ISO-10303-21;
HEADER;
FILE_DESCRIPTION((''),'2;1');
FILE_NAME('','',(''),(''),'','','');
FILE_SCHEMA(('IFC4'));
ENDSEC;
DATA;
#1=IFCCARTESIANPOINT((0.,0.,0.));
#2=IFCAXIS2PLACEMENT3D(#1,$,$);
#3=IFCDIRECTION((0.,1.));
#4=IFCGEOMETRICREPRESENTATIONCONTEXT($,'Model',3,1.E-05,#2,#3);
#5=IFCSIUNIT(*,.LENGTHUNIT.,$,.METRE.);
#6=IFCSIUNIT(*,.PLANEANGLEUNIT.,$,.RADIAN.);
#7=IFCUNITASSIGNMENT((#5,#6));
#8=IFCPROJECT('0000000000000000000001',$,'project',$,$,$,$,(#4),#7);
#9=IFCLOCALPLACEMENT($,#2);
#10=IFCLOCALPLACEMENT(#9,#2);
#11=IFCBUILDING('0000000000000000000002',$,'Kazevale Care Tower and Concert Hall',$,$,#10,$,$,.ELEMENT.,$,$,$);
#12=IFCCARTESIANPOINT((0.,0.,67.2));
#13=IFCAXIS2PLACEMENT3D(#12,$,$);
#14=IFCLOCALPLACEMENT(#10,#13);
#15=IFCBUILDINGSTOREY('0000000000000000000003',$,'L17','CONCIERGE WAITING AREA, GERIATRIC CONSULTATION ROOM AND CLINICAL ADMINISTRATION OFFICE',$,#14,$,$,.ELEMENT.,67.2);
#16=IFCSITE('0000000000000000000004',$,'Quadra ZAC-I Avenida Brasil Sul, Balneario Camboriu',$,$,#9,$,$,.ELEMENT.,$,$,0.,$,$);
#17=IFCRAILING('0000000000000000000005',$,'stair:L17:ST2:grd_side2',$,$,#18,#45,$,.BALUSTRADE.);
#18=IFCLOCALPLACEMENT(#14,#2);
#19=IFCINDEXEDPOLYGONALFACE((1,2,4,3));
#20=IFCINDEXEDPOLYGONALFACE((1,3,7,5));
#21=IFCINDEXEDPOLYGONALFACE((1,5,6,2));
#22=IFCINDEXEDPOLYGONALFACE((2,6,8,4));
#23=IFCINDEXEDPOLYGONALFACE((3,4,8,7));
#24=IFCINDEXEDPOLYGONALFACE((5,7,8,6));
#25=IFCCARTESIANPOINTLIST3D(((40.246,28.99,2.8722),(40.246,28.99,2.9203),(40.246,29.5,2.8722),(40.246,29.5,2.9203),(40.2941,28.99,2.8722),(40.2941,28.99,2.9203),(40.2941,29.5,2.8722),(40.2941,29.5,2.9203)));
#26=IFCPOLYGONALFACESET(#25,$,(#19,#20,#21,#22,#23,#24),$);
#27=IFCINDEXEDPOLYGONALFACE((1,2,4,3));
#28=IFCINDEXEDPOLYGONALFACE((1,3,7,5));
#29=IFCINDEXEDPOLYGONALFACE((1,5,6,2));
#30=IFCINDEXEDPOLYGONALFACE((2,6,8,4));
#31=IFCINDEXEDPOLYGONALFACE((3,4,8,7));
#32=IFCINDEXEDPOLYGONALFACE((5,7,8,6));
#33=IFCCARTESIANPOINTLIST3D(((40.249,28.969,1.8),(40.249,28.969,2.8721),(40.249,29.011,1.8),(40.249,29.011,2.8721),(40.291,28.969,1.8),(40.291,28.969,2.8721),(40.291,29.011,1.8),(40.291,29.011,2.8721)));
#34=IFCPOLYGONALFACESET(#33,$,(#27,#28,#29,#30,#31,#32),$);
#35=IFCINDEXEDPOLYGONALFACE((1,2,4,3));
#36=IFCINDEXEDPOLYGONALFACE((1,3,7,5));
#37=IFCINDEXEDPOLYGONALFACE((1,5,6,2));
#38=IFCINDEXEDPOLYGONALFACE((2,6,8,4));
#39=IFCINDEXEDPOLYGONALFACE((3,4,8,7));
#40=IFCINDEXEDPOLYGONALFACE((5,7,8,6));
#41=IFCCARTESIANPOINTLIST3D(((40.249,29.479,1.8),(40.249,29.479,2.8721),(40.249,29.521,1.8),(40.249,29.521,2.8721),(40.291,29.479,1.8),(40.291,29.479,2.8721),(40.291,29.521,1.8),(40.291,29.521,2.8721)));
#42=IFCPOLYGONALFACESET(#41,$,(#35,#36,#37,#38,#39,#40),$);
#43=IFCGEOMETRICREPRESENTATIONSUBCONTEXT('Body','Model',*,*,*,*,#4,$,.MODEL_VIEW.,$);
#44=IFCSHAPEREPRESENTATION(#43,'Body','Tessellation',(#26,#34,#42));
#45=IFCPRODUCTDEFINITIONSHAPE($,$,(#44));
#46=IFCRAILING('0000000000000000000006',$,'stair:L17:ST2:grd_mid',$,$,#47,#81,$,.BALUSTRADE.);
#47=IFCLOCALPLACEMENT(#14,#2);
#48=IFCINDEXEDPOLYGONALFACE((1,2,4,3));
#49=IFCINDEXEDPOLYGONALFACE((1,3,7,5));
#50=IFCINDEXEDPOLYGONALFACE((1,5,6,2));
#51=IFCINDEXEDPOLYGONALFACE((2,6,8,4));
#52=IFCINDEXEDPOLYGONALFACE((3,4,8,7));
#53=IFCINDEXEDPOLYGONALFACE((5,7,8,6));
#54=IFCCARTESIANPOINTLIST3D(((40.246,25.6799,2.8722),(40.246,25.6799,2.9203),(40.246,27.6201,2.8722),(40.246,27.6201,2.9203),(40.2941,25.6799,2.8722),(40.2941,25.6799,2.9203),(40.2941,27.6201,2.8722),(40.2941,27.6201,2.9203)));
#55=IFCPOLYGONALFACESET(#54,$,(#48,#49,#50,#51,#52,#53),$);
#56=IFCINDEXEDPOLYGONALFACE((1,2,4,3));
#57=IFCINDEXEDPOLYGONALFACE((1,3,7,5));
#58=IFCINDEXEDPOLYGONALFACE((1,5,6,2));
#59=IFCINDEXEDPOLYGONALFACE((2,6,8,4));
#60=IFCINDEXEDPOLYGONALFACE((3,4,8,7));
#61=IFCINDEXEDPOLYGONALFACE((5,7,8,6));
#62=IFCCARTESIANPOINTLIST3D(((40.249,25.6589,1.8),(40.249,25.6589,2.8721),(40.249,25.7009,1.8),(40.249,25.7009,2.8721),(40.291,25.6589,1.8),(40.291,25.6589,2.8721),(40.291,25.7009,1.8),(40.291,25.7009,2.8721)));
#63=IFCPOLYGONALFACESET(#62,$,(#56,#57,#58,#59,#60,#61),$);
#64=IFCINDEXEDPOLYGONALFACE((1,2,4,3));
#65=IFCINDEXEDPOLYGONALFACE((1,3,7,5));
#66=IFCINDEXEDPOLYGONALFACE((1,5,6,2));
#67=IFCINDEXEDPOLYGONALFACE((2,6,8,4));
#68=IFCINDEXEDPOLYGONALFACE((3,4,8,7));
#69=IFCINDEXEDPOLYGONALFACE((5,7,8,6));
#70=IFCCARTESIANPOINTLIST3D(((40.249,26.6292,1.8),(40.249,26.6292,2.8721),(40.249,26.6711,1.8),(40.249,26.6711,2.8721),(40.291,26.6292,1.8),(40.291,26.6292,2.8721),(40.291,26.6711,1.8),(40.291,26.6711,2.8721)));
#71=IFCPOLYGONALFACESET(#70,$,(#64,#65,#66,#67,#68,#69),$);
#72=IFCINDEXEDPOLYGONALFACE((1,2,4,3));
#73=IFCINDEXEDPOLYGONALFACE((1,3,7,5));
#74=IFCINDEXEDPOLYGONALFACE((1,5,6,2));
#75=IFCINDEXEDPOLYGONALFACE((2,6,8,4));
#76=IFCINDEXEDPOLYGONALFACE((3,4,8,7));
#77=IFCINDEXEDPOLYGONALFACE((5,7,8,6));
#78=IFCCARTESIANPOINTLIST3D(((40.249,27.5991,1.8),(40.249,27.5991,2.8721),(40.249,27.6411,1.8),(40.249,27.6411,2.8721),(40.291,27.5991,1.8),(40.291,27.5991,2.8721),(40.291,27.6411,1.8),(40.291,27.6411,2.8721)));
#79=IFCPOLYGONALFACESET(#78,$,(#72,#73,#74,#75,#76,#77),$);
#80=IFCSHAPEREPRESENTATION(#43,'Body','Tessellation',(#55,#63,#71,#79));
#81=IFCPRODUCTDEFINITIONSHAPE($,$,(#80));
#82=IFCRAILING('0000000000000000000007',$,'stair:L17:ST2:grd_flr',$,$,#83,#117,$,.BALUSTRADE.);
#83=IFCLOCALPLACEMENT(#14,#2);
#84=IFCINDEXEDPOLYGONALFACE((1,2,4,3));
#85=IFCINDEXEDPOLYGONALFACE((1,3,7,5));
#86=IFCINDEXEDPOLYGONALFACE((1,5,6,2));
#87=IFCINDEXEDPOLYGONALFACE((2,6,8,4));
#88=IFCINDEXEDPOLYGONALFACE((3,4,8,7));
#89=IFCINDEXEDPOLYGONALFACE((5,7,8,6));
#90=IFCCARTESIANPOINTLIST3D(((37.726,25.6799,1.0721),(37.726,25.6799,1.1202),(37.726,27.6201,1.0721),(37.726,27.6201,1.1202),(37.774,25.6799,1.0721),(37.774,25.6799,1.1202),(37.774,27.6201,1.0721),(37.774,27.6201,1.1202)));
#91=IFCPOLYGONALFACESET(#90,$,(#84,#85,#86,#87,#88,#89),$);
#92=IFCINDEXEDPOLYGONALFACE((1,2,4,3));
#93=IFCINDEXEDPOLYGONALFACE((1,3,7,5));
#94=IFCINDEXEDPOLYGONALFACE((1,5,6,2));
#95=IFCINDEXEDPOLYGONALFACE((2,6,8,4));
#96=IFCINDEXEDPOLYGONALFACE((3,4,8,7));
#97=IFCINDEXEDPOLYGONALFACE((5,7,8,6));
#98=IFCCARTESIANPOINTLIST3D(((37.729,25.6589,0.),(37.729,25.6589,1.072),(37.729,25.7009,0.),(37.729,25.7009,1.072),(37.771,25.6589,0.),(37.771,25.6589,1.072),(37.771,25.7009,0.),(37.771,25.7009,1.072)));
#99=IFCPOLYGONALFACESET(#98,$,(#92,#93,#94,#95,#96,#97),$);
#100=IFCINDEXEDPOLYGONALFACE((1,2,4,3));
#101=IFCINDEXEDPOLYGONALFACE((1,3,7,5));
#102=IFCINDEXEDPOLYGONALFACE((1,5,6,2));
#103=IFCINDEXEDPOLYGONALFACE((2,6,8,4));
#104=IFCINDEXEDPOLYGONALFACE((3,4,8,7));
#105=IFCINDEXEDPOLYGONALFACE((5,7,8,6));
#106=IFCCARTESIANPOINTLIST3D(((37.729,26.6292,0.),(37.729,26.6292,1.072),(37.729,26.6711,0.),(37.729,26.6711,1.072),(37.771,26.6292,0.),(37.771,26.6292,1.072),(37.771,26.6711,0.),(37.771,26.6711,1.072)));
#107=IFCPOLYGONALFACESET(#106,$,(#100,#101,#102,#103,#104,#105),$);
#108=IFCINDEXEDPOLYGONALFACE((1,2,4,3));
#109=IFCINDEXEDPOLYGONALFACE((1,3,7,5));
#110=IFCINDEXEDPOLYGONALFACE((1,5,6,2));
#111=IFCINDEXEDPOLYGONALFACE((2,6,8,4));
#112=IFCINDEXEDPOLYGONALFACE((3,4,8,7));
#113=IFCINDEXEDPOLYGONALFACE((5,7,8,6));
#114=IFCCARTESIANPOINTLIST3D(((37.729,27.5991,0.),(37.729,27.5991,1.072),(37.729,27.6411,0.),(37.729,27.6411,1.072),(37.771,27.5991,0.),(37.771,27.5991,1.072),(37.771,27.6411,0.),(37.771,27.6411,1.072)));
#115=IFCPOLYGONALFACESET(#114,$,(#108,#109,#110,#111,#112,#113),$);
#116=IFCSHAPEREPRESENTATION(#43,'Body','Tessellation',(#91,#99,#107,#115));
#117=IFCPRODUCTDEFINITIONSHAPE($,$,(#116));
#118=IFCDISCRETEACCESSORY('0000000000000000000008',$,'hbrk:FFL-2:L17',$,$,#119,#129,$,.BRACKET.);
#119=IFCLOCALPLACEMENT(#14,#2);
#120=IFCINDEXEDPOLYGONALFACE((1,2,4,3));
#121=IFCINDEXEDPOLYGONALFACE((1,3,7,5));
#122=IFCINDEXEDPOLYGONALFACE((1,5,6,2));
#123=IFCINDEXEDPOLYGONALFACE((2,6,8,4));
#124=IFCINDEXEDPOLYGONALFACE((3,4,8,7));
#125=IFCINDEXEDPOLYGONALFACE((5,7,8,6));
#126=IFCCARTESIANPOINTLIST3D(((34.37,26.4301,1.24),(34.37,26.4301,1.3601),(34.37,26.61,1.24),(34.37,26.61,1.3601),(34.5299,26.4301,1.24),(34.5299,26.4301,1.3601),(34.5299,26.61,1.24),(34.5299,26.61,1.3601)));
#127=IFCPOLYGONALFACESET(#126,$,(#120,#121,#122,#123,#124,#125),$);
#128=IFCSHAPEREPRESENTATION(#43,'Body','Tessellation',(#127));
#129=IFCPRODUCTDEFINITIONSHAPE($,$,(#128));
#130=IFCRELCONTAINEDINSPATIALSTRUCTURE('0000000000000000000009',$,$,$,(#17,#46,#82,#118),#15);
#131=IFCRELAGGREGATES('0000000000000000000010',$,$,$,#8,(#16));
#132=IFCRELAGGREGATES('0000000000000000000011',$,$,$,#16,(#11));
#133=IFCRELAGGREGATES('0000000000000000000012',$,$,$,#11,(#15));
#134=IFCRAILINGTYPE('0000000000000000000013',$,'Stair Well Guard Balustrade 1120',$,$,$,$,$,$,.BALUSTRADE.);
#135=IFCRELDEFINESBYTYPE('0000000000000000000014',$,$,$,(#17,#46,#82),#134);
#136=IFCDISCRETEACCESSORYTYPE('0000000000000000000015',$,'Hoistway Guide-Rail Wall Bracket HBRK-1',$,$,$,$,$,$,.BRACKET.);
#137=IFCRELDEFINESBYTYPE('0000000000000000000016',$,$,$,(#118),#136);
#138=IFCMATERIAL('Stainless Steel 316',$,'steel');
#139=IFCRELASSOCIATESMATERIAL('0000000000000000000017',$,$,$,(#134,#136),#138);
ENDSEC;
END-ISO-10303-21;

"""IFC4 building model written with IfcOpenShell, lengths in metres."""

from ifc_helpers import new_model, si_unit, direction, frame, origin, origin_2d, place, context, subcontext, project, spatial, rectangle, extrude, material, type_object, element, save


model = new_model("IFC4")

# Units and contexts
model_context = context("Model", 3, precision=1e-05, world=origin(), true_north=direction((0.0, 1.0)))
body_context = subcontext(model_context, "Body", "Model", "MODEL_VIEW")
ifc_project = project(units=[si_unit("LENGTHUNIT", "METRE"), si_unit("PLANEANGLEUNIT", "RADIAN")], contexts=[model_context])

# Site, building, storey
site_placement = place(None, origin())
site = spatial("IfcSite", under=ifc_project, at=site_placement, Name="Quadra ZAC-I Avenida Brasil Sul, Balneario Camboriu", CompositionType="ELEMENT", RefElevation=0.0)
building_placement = place(site_placement, origin())
building = spatial("IfcBuilding", under=site, at=building_placement, Name="Kazevale Care Tower and Concert Hall", CompositionType="ELEMENT")
storey_placement = place(building_placement, frame((0.0, 0.0, 67.2)))
storey = spatial("IfcBuildingStorey", under=building, at=storey_placement, Name="L17", Description="CONCIERGE WAITING AREA, GERIATRIC CONSULTATION ROOM AND CLINICAL ADMINISTRATION OFFICE", CompositionType="ELEMENT", Elevation=67.2)

# Railings
ifc_material_1 = material(Name="Stainless Steel 316", Category="steel")
railing_type_1 = type_object("IfcRailingType", Name="Stair Well Guard Balustrade 1120", PredefinedType="BALUSTRADE", material=ifc_material_1)
railing_1_placement = place(storey_placement, frame((40.27, 28.99, 1.8)))
element("IfcRailing", 1, at=railing_1_placement, inside=storey, type_object=railing_type_1, Name="stair:L17:ST2:grd_side2", PredefinedType="BALUSTRADE", context=body_context, shape_type="SweptSolid", body=[
    extrude(rectangle(XDim=0.0481, YDim=0.0481, at=origin_2d()), frame((0.0, 0.0, 1.0962), z_axis=(0.0, 1.0, 0.0), x_axis=(-1.0, 0.0, 0.0)), (0.0, 0.0, 1.0), 0.51),
    extrude(rectangle(XDim=0.042, YDim=0.042, at=origin_2d()), origin(), (0.0, 0.0, 1.0), 1.072),
    extrude(rectangle(XDim=0.042, YDim=0.042, at=origin_2d()), frame((0.0, 0.51, 0.0)), (0.0, 0.0, 1.0), 1.072),
])
for number, where, name in (
    (2, (40.27, 25.6799, 1.8), "stair:L17:ST2:grd_mid"),
    (3, (37.75, 25.6799, 0.0), "stair:L17:ST2:grd_flr"),
):
    element("IfcRailing", number, at=place(storey_placement, frame(where)), inside=storey, type_object=railing_type_1, Name=name, PredefinedType="BALUSTRADE", context=body_context, shape_type="SweptSolid", body=[
        extrude(rectangle(XDim=0.0481, YDim=0.0481, at=origin_2d()), frame((0.0, 0.0, 1.0962), z_axis=(0.0, 1.0, 0.0), x_axis=(-1.0, 0.0, 0.0)), (0.0, 0.0, 1.0), 1.9402),
        extrude(rectangle(XDim=0.042, YDim=0.042, at=origin_2d()), origin(), (0.0, 0.0, 1.0), 1.072),
        extrude(rectangle(XDim=0.042, YDim=0.042, at=origin_2d()), frame((0.0, 0.9702, 0.0)), (0.0, 0.0, 1.0), 1.072),
        extrude(rectangle(XDim=0.042, YDim=0.042, at=origin_2d()), frame((0.0, 1.9402, 0.0)), (0.0, 0.0, 1.0), 1.072),
    ])

# Discrete accessory
discrete_accessory_type = type_object("IfcDiscreteAccessoryType", Name="Hoistway Guide-Rail Wall Bracket HBRK-1", PredefinedType="BRACKET", material=ifc_material_1)
discrete_accessory_placement = place(storey_placement, frame((34.45, 26.52, 1.24), z_axis=(0.0, 0.0, 1.0), x_axis=(1.0, 0.0, 0.0)))
element("IfcDiscreteAccessory", 4, at=discrete_accessory_placement, inside=storey, type_object=discrete_accessory_type, Name="hbrk:FFL-2:L17", PredefinedType="BRACKET", context=body_context, shape_type="SweptSolid", body=[
    extrude(rectangle(XDim=0.1599, YDim=0.1799, at=origin_2d()), origin(), (0.0, 0.0, 1.0), 0.1201),
])

save(model, "model.ifc")
